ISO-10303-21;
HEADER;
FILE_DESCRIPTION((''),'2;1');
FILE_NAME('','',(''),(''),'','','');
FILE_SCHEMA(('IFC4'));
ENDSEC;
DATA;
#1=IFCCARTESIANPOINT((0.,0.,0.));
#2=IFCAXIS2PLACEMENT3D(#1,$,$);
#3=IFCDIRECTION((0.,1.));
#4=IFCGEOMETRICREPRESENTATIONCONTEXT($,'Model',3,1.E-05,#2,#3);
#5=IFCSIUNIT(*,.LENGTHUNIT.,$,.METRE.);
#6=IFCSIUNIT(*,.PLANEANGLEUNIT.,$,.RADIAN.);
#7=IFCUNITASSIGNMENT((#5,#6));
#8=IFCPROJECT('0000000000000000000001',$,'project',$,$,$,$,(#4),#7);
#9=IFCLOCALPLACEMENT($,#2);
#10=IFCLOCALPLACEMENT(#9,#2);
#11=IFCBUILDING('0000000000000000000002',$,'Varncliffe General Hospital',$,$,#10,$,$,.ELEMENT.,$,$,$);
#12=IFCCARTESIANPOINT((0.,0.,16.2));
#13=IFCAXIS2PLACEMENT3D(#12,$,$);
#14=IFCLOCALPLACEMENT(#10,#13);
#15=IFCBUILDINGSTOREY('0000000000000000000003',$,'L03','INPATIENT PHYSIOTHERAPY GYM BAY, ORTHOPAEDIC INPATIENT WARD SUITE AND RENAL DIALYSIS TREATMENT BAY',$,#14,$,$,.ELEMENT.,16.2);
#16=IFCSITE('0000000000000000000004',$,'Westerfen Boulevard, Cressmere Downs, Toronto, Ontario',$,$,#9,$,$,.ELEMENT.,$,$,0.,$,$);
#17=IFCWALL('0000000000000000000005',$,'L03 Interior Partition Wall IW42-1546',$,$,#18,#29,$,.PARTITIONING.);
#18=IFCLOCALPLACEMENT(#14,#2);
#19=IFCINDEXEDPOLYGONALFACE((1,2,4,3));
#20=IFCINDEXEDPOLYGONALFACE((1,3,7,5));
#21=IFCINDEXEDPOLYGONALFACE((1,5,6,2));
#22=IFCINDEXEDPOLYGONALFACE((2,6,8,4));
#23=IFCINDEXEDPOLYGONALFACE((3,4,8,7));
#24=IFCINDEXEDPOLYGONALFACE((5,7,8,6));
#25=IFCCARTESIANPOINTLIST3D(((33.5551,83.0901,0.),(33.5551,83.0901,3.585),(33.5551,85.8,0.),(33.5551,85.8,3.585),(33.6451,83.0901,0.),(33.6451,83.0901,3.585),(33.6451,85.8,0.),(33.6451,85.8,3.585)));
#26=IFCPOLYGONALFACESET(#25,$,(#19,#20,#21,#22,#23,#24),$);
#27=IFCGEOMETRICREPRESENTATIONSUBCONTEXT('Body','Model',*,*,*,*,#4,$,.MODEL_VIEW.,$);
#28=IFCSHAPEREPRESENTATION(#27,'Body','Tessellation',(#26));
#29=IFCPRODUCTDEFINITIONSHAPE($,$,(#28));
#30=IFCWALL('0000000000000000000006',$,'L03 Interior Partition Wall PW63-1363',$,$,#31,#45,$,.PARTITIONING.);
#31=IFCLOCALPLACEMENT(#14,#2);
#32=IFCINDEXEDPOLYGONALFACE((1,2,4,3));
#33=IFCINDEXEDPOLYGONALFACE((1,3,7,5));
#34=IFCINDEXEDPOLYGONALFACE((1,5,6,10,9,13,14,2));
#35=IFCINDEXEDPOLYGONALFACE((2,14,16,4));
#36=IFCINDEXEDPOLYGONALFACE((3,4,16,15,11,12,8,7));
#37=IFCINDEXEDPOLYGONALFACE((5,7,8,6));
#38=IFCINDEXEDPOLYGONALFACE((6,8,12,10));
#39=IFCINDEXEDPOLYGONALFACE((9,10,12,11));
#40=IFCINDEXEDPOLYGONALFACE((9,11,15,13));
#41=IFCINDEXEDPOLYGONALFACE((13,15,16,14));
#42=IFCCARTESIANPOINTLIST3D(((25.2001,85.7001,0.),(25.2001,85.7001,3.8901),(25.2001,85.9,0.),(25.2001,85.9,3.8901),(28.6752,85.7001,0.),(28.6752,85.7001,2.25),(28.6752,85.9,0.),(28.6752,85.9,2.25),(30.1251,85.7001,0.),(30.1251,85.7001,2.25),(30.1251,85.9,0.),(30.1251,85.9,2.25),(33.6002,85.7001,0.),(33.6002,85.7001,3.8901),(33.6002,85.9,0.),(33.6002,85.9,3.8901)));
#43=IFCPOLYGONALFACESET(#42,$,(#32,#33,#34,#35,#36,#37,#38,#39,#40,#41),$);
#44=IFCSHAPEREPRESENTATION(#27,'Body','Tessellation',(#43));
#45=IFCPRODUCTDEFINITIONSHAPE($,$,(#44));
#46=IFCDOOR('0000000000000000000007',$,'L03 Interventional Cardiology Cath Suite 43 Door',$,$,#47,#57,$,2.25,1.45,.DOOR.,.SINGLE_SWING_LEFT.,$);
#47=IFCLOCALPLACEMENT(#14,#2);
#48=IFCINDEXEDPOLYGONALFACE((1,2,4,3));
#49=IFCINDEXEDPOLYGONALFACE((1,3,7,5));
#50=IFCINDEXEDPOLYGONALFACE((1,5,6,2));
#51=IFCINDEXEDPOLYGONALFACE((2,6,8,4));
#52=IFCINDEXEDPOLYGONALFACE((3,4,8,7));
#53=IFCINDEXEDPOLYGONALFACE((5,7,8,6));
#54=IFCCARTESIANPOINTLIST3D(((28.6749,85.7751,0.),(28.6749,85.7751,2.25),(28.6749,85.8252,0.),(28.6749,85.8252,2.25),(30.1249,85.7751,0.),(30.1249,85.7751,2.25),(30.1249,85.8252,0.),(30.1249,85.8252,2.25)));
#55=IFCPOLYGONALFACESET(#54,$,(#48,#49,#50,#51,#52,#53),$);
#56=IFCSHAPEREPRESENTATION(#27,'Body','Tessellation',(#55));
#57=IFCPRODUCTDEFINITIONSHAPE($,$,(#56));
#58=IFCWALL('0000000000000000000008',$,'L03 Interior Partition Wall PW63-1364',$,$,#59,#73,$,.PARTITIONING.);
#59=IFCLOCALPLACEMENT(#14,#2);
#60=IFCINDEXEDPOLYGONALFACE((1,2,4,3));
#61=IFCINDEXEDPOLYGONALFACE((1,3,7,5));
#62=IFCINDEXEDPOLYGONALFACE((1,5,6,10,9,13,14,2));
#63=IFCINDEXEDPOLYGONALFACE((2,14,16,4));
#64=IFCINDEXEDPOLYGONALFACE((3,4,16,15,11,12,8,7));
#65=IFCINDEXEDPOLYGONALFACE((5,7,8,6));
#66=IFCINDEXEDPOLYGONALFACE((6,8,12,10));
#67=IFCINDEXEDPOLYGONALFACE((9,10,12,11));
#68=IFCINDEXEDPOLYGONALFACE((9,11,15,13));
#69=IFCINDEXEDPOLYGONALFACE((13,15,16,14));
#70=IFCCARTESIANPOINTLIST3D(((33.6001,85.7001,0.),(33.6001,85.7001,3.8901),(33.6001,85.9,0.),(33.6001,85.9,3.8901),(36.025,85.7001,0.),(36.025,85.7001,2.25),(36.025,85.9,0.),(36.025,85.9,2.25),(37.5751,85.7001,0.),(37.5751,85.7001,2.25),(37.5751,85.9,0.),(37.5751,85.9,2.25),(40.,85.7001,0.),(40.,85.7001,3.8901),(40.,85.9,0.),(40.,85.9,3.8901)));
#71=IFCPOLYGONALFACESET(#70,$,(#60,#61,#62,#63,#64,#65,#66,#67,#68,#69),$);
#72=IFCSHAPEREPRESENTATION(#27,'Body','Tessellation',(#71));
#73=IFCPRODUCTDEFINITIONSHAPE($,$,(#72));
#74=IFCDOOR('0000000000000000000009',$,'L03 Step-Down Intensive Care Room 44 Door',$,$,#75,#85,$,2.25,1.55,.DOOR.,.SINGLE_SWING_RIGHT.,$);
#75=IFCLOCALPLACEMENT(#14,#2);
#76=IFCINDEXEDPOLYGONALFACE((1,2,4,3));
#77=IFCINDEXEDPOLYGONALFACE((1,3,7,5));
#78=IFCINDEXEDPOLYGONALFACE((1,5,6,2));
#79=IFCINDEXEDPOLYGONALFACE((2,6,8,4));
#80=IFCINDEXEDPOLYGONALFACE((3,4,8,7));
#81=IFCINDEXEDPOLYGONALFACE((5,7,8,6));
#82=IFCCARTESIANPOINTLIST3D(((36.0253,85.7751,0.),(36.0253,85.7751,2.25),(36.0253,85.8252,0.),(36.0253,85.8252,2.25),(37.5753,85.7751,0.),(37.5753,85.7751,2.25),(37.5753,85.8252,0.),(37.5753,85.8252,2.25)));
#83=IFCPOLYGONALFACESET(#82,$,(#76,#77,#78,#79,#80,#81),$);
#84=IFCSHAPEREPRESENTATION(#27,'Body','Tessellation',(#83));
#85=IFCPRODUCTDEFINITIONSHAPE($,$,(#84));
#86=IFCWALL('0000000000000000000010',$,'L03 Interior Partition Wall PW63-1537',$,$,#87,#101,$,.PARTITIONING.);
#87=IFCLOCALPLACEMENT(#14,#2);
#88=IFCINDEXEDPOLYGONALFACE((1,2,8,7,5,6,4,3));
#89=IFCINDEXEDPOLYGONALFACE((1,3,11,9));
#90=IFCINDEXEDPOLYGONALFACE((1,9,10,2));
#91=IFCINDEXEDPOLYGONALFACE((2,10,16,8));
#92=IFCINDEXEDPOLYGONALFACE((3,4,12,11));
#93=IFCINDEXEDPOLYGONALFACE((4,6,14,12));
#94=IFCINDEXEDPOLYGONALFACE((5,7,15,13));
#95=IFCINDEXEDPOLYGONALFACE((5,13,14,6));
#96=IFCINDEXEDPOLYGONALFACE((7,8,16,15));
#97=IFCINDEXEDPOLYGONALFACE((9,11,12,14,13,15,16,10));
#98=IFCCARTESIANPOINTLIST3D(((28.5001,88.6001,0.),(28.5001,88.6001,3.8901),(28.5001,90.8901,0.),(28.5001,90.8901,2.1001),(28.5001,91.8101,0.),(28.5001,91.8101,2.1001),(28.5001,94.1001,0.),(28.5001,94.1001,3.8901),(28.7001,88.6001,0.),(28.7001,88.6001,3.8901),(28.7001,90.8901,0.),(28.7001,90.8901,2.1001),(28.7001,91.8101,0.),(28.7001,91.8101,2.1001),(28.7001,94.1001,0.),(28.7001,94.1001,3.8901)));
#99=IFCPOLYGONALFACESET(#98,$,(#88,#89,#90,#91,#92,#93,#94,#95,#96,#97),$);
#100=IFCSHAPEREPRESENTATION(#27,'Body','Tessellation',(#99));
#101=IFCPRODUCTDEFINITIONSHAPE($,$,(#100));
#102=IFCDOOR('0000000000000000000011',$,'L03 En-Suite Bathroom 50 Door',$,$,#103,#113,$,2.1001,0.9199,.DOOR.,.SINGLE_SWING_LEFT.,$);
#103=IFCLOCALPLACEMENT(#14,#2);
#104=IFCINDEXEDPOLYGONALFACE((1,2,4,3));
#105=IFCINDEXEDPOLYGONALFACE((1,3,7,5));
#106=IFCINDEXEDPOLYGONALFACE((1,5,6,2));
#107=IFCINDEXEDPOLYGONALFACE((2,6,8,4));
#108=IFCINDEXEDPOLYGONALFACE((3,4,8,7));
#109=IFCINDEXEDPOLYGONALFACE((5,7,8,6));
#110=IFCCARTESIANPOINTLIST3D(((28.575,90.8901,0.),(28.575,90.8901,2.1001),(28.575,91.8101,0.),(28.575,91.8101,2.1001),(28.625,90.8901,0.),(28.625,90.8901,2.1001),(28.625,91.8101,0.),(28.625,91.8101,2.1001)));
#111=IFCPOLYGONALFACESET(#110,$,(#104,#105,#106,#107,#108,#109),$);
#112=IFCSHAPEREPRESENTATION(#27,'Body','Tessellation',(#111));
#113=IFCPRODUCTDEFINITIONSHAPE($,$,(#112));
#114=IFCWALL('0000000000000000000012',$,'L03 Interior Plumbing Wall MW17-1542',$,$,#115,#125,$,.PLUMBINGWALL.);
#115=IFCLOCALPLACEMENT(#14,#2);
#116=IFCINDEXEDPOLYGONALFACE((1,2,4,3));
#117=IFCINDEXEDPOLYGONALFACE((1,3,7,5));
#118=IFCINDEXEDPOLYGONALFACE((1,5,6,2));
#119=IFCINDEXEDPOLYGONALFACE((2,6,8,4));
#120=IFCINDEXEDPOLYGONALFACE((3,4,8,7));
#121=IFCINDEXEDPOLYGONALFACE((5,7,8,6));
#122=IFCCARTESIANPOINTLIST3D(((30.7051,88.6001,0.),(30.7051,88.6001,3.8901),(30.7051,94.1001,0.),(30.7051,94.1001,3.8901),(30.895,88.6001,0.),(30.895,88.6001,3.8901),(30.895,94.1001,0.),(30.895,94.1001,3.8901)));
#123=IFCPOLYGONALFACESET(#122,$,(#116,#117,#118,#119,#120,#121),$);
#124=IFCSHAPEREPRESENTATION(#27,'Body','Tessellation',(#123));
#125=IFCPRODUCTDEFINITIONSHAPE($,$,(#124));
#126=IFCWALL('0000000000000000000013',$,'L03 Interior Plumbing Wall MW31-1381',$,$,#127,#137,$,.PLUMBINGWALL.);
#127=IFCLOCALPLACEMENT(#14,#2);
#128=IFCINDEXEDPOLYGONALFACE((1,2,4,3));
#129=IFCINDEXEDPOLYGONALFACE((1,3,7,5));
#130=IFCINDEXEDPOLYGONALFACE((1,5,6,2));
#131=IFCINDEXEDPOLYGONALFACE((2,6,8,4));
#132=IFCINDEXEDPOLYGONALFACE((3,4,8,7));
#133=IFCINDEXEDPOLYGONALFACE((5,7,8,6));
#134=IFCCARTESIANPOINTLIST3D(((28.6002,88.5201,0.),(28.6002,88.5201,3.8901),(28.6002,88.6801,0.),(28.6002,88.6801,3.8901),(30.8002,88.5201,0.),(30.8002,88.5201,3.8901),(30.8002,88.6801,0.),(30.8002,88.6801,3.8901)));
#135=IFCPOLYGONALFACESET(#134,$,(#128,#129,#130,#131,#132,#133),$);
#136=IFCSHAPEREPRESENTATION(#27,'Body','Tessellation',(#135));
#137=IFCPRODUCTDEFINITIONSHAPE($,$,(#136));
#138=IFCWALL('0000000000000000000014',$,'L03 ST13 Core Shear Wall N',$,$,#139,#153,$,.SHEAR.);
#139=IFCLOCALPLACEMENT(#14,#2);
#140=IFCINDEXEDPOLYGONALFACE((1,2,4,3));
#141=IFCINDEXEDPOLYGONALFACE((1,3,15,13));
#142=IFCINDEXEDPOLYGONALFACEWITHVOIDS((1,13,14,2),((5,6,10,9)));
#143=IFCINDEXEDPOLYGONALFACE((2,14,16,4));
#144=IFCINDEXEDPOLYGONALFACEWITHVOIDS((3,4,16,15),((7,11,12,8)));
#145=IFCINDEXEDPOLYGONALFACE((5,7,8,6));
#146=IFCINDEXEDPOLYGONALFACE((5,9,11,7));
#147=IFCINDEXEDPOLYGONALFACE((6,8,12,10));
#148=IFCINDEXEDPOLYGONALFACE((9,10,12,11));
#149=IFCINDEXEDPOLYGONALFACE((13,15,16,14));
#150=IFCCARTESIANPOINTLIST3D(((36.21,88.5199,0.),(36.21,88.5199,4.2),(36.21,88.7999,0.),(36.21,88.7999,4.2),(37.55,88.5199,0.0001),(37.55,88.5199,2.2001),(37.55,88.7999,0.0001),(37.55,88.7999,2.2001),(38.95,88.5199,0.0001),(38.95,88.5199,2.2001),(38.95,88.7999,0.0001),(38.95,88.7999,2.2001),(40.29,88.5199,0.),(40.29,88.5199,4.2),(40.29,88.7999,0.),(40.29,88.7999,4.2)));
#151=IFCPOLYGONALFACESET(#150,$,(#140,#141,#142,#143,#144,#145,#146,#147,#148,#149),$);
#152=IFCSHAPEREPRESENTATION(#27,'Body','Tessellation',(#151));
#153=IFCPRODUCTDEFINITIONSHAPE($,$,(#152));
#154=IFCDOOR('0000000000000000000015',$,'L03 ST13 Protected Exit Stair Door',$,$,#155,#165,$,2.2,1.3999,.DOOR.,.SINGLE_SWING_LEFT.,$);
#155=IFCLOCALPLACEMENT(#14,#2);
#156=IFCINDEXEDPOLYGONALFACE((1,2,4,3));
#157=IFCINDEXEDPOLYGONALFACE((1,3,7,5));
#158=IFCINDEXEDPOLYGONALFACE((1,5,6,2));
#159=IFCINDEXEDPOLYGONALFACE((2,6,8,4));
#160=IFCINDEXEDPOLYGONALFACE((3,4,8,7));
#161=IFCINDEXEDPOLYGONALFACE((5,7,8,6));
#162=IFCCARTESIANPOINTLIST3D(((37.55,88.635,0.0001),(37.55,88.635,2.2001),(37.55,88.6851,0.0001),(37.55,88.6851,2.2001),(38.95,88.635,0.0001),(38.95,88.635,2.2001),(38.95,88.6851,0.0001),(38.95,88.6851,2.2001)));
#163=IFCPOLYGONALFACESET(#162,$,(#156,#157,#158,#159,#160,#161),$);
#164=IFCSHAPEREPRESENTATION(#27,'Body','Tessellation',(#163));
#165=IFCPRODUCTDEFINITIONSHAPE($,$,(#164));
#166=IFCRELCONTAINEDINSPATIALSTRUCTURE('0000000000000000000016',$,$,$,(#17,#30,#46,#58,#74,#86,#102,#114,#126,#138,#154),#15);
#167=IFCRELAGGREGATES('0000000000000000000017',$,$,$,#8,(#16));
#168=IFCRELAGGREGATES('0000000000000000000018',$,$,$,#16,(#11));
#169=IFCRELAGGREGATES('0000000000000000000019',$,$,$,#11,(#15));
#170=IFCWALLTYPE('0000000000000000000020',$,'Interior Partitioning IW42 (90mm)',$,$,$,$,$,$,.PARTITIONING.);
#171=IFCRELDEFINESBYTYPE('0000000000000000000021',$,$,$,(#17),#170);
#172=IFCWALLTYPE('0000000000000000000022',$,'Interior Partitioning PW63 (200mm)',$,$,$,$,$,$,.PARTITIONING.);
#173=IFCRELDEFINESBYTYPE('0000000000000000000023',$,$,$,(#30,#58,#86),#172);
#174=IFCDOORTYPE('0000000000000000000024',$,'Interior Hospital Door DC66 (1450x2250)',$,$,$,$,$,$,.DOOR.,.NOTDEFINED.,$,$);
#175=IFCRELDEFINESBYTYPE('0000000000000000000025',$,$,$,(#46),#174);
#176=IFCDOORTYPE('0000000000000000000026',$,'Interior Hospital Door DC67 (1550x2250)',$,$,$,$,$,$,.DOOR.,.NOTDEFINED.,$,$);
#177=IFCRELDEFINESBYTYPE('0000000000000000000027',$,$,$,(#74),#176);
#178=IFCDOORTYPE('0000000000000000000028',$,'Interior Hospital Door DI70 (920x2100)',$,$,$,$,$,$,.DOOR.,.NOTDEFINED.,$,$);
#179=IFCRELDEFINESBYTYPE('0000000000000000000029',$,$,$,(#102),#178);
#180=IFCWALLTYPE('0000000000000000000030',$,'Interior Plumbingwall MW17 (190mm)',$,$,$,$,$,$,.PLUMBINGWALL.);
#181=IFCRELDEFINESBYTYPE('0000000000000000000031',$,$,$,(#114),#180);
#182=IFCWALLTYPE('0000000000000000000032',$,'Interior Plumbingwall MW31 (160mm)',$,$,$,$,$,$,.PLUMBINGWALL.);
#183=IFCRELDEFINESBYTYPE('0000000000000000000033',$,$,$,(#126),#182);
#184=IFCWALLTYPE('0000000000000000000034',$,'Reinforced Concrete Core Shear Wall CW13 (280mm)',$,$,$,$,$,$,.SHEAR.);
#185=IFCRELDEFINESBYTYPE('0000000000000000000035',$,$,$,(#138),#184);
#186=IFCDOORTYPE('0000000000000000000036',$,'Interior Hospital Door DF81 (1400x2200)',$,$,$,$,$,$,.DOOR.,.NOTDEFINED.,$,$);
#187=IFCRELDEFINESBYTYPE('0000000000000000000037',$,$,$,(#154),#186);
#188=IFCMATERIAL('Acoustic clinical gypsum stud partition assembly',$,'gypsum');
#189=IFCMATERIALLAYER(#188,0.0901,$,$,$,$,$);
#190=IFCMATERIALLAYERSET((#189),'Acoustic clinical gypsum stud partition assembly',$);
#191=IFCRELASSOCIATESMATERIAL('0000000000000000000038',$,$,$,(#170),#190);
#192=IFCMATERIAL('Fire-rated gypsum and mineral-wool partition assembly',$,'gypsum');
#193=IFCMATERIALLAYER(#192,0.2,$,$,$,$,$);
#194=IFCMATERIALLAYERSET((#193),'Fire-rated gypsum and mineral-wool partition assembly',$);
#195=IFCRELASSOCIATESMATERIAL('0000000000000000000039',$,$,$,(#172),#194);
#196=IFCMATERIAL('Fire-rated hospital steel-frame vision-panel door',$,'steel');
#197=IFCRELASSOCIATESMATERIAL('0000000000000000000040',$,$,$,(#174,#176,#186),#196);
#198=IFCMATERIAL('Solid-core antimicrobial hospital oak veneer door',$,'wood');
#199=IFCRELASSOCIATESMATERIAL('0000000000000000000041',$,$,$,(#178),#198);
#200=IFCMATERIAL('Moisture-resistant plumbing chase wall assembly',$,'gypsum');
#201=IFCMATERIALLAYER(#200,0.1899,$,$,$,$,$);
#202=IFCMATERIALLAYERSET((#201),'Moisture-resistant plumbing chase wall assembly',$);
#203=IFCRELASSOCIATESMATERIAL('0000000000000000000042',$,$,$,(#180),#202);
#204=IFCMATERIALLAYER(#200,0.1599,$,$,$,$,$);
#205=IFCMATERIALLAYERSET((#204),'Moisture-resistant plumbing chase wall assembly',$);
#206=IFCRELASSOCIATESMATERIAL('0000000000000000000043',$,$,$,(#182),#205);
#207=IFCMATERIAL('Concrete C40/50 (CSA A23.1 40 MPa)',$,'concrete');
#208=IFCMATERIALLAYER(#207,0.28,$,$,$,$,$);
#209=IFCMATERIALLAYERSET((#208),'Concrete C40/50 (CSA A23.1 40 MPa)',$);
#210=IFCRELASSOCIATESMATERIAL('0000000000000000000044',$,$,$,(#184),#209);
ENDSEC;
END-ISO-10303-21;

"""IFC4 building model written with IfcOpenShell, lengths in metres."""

from ifc_helpers import new_model, si_unit, direction, frame, frame_2d, origin, place, context, subcontext, project, spatial, rectangle, extrude, material, layer, layer_set, type_object, element, fill, save


model = new_model("IFC4")

# Units and contexts
model_context = context("Model", 3, precision=1e-05, world=origin(), true_north=direction((0.0, 1.0)))
body_context = subcontext(model_context, "Body", "Model", "MODEL_VIEW")
ifc_project = project(units=[si_unit("LENGTHUNIT", "METRE"), si_unit("PLANEANGLEUNIT", "RADIAN")], contexts=[model_context])

# Site, building, storey
site_placement = place(None, origin())
site = spatial("IfcSite", under=ifc_project, at=site_placement, Name="Westerfen Boulevard, Cressmere Downs, Toronto, Ontario", CompositionType="ELEMENT", RefElevation=0.0)
building_placement = place(site_placement, origin())
building = spatial("IfcBuilding", under=site, at=building_placement, Name="Varncliffe General Hospital", CompositionType="ELEMENT")
storey_placement = place(building_placement, frame((0.0, 0.0, 16.2)))
storey = spatial("IfcBuildingStorey", under=building, at=storey_placement, Name="L03", Description="INPATIENT PHYSIOTHERAPY GYM BAY, ORTHOPAEDIC INPATIENT WARD SUITE AND RENAL DIALYSIS TREATMENT BAY", CompositionType="ELEMENT", Elevation=16.2)

# Shared definitions
ifc_material_1 = material(Name="Concrete C40/50 (CSA A23.1 40 MPa)", Category="concrete")

# Wall
ifc_material_2 = material(Name="Acoustic clinical gypsum stud partition assembly", Category="gypsum")
ifc_layer_1 = layer(ifc_material_2, 0.0901)
ifc_layer_set_1 = layer_set([ifc_layer_1], Name="Acoustic clinical gypsum stud partition assembly")
wall_type_1 = type_object("IfcWallType", Name="Interior Partitioning IW42 (90mm)", PredefinedType="PARTITIONING", material=ifc_layer_set_1)
for number, where, z_axis, x_axis, name in (
    (1, (33.6001, 83.0901, 0.0), (0.0, 0.0, 1.0), (0.0, 1.0, 0.0), "L03 Interior Partition Wall IW42-1546"),
):
    element("IfcWall", number, at=place(storey_placement, frame(where, z_axis=z_axis, x_axis=x_axis)), inside=storey, type_object=wall_type_1, Name=name, PredefinedType="PARTITIONING", context=body_context, shape_type="SweptSolid", body=[
        extrude(rectangle(XDim=2.71, YDim=0.0901, at=frame_2d((1.355, 0.0))), origin(), (0.0, 0.0, 1.0), 3.585),
    ])

# Walls, openings, doors
ifc_material_3 = material(Name="Fire-rated gypsum and mineral-wool partition assembly", Category="gypsum")
ifc_layer_2 = layer(ifc_material_3, 0.2)
ifc_layer_set_2 = layer_set([ifc_layer_2], Name="Fire-rated gypsum and mineral-wool partition assembly")
wall_type_2 = type_object("IfcWallType", Name="Interior Partitioning PW63 (200mm)", PredefinedType="PARTITIONING", material=ifc_layer_set_2)
wall_1_placement = place(storey_placement, frame((25.2, 85.8, 0.0), z_axis=(0.0, 0.0, 1.0), x_axis=(1.0, 0.0, 0.0)))
wall_1 = element("IfcWall", 2, at=wall_1_placement, inside=storey, type_object=wall_type_2, Name="L03 Interior Partition Wall PW63-1363", PredefinedType="PARTITIONING", context=body_context, shape_type="SweptSolid", body=[
    extrude(rectangle(XDim=8.4001, YDim=0.2, at=frame_2d((4.2002, 0.0))), origin(), (0.0, 0.0, 1.0), 3.8901),
])
opening_1_placement = place(wall_1_placement, frame((3.4751, 0.0, 0.0)))
opening_1 = element("IfcOpeningElement", 3, at=opening_1_placement, cuts=wall_1, PredefinedType="OPENING", context=body_context, shape_type="SweptSolid", body=[
    extrude(rectangle(XDim=1.45, YDim=2.25, at=frame_2d((0.7251, 1.125))), frame((0.0, 0.1099, 0.0), z_axis=(0.0, -1.0, 0.0), x_axis=(1.0, 0.0, 0.0)), (0.0, 0.0, 1.0), 0.22),
])
ifc_material_4 = material(Name="Fire-rated hospital steel-frame vision-panel door", Category="steel")
door_type_1 = type_object("IfcDoorType", Name="Interior Hospital Door DC66 (1450x2250)", OperationType="NOTDEFINED", PredefinedType="DOOR", material=ifc_material_4)
door_1_placement = place(opening_1_placement, frame((1.45, 0.0, 0.0), z_axis=(0.0, 0.0, 1.0), x_axis=(-1.0, 0.0, 0.0)))
door_1 = element("IfcDoor", 4, at=door_1_placement, inside=storey, type_object=door_type_1, Name="L03 Interventional Cardiology Cath Suite 43 Door", OperationType="SINGLE_SWING_LEFT", OverallHeight=2.25, OverallWidth=1.45, PredefinedType="DOOR", context=body_context, shape_type="SweptSolid", body=[
    extrude(rectangle(XDim=1.45, YDim=2.25, at=frame_2d((0.7251, 1.125))), frame((0.0, 0.0249, 0.0), z_axis=(0.0, -1.0, 0.0), x_axis=(1.0, 0.0, 0.0)), (0.0, 0.0, 1.0), 0.05),
])
fill(opening_1, door_1)
wall_2_placement = place(storey_placement, frame((33.6001, 85.8, 0.0), z_axis=(0.0, 0.0, 1.0), x_axis=(1.0, 0.0, 0.0)))
wall_2 = element("IfcWall", 5, at=wall_2_placement, inside=storey, type_object=wall_type_2, Name="L03 Interior Partition Wall PW63-1364", PredefinedType="PARTITIONING", context=body_context, shape_type="SweptSolid", body=[
    extrude(rectangle(XDim=6.3999, YDim=0.2, at=frame_2d((3.2, 0.0))), origin(), (0.0, 0.0, 1.0), 3.8901),
])
opening_2_placement = place(wall_2_placement, frame((2.425, 0.0, 0.0)))
opening_2 = element("IfcOpeningElement", 6, at=opening_2_placement, cuts=wall_2, PredefinedType="OPENING", context=body_context, shape_type="SweptSolid", body=[
    extrude(rectangle(XDim=1.55, YDim=2.25, at=frame_2d((0.7749, 1.125))), frame((0.0, 0.1099, 0.0), z_axis=(0.0, -1.0, 0.0), x_axis=(1.0, 0.0, 0.0)), (0.0, 0.0, 1.0), 0.22),
])
door_type_2 = type_object("IfcDoorType", Name="Interior Hospital Door DC67 (1550x2250)", OperationType="NOTDEFINED", PredefinedType="DOOR", material=ifc_material_4)
door_2_placement = place(opening_2_placement, frame((1.55, 0.0, 0.0), z_axis=(0.0, 0.0, 1.0), x_axis=(-1.0, 0.0, 0.0)))
door_2 = element("IfcDoor", 7, at=door_2_placement, inside=storey, type_object=door_type_2, Name="L03 Step-Down Intensive Care Room 44 Door", OperationType="SINGLE_SWING_RIGHT", OverallHeight=2.25, OverallWidth=1.55, PredefinedType="DOOR", context=body_context, shape_type="SweptSolid", body=[
    extrude(rectangle(XDim=1.55, YDim=2.25, at=frame_2d((0.7749, 1.125))), frame((0.0, 0.0249, 0.0), z_axis=(0.0, -1.0, 0.0), x_axis=(1.0, 0.0, 0.0)), (0.0, 0.0, 1.0), 0.05),
])
fill(opening_2, door_2)
wall_3_placement = place(storey_placement, frame((28.6001, 88.6001, 0.0), z_axis=(0.0, 0.0, 1.0), x_axis=(0.0, 1.0, 0.0)))
wall_3 = element("IfcWall", 8, at=wall_3_placement, inside=storey, type_object=wall_type_2, Name="L03 Interior Partition Wall PW63-1537", PredefinedType="PARTITIONING", context=body_context, shape_type="SweptSolid", body=[
    extrude(rectangle(XDim=5.5, YDim=0.2, at=frame_2d((2.75, 0.0))), origin(), (0.0, 0.0, 1.0), 3.8901),
])
opening_3_placement = place(wall_3_placement, frame((2.29, 0.0, 0.0)))
opening_3 = element("IfcOpeningElement", 9, at=opening_3_placement, cuts=wall_3, PredefinedType="OPENING", context=body_context, shape_type="SweptSolid", body=[
    extrude(rectangle(XDim=0.9199, YDim=2.1001, at=frame_2d((0.46, 1.05))), frame((0.0, 0.1099, 0.0), z_axis=(0.0, -1.0, 0.0), x_axis=(1.0, 0.0, 0.0)), (0.0, 0.0, 1.0), 0.22),
])
ifc_material_5 = material(Name="Solid-core antimicrobial hospital oak veneer door", Category="wood")
door_type_3 = type_object("IfcDoorType", Name="Interior Hospital Door DI70 (920x2100)", OperationType="NOTDEFINED", PredefinedType="DOOR", material=ifc_material_5)
door_3_placement = place(opening_3_placement, frame((0.9199, 0.0, 0.0), z_axis=(0.0, 0.0, 1.0), x_axis=(-1.0, 0.0, 0.0)))
door_3 = element("IfcDoor", 10, at=door_3_placement, inside=storey, type_object=door_type_3, Name="L03 En-Suite Bathroom 50 Door", OperationType="SINGLE_SWING_LEFT", OverallHeight=2.1001, OverallWidth=0.9199, PredefinedType="DOOR", context=body_context, shape_type="SweptSolid", body=[
    extrude(rectangle(XDim=0.9199, YDim=2.1001, at=frame_2d((0.46, 1.05))), frame((0.0, 0.0249, 0.0), z_axis=(0.0, -1.0, 0.0), x_axis=(1.0, 0.0, 0.0)), (0.0, 0.0, 1.0), 0.05),
])
fill(opening_3, door_3)

# Walls
ifc_material_6 = material(Name="Moisture-resistant plumbing chase wall assembly", Category="gypsum")
ifc_layer_3 = layer(ifc_material_6, 0.1899)
ifc_layer_set_3 = layer_set([ifc_layer_3], Name="Moisture-resistant plumbing chase wall assembly")
wall_type_3 = type_object("IfcWallType", Name="Interior Plumbingwall MW17 (190mm)", PredefinedType="PLUMBINGWALL", material=ifc_layer_set_3)
wall_4_placement = place(storey_placement, frame((30.8, 88.6001, 0.0), z_axis=(0.0, 0.0, 1.0), x_axis=(0.0, 1.0, 0.0)))
element("IfcWall", 11, at=wall_4_placement, inside=storey, type_object=wall_type_3, Name="L03 Interior Plumbing Wall MW17-1542", PredefinedType="PLUMBINGWALL", context=body_context, shape_type="SweptSolid", body=[
    extrude(rectangle(XDim=5.5, YDim=0.1899, at=frame_2d((2.75, 0.0))), origin(), (0.0, 0.0, 1.0), 3.8901),
])
ifc_layer_4 = layer(ifc_material_6, 0.1599)
ifc_layer_set_4 = layer_set([ifc_layer_4], Name="Moisture-resistant plumbing chase wall assembly")
wall_type_4 = type_object("IfcWallType", Name="Interior Plumbingwall MW31 (160mm)", PredefinedType="PLUMBINGWALL", material=ifc_layer_set_4)
wall_5_placement = place(storey_placement, frame((28.6001, 88.6001, 0.0), z_axis=(0.0, 0.0, 1.0), x_axis=(1.0, 0.0, 0.0)))
element("IfcWall", 12, at=wall_5_placement, inside=storey, type_object=wall_type_4, Name="L03 Interior Plumbing Wall MW31-1381", PredefinedType="PLUMBINGWALL", context=body_context, shape_type="SweptSolid", body=[
    extrude(rectangle(XDim=2.2, YDim=0.1599, at=frame_2d((1.1001, 0.0))), origin(), (0.0, 0.0, 1.0), 3.8901),
])

# Wall, opening, door
ifc_layer_5 = layer(ifc_material_1, 0.28)
ifc_layer_set_5 = layer_set([ifc_layer_5], Name="Concrete C40/50 (CSA A23.1 40 MPa)")
wall_type_5 = type_object("IfcWallType", Name="Reinforced Concrete Core Shear Wall CW13 (280mm)", PredefinedType="SHEAR", material=ifc_layer_set_5)
wall_6_placement = place(storey_placement, frame((36.21, 88.6599, 0.0), z_axis=(0.0, 0.0, 1.0), x_axis=(1.0, 0.0, 0.0)))
wall_6 = element("IfcWall", 13, at=wall_6_placement, inside=storey, type_object=wall_type_5, Name="L03 ST13 Core Shear Wall N", PredefinedType="SHEAR", context=body_context, shape_type="SweptSolid", body=[
    extrude(rectangle(XDim=4.0801, YDim=0.28, at=frame_2d((2.04, 0.0))), origin(), (0.0, 0.0, 1.0), 4.2),
])
opening_4_placement = place(wall_6_placement, frame((1.3401, 0.0, 0.0)))
opening_4 = element("IfcOpeningElement", 14, at=opening_4_placement, cuts=wall_6, PredefinedType="OPENING", context=body_context, shape_type="SweptSolid", body=[
    extrude(rectangle(XDim=1.3999, YDim=2.2, at=frame_2d((0.7, 1.1001))), frame((0.0, 0.1499, 0.0), z_axis=(0.0, -1.0, 0.0), x_axis=(1.0, 0.0, 0.0)), (0.0, 0.0, 1.0), 0.3),
])
door_type_4 = type_object("IfcDoorType", Name="Interior Hospital Door DF81 (1400x2200)", OperationType="NOTDEFINED", PredefinedType="DOOR", material=ifc_material_4)
door_4_placement = place(opening_4_placement, frame((1.3999, 0.0, 0.0), z_axis=(0.0, 0.0, 1.0), x_axis=(-1.0, 0.0, 0.0)))
door_4 = element("IfcDoor", 15, at=door_4_placement, inside=storey, type_object=door_type_4, Name="L03 ST13 Protected Exit Stair Door", OperationType="SINGLE_SWING_LEFT", OverallHeight=2.2, OverallWidth=1.3999, PredefinedType="DOOR", context=body_context, shape_type="SweptSolid", body=[
    extrude(rectangle(XDim=1.3999, YDim=2.2, at=frame_2d((0.7, 1.1001))), frame((0.0, 0.0249, 0.0), z_axis=(0.0, -1.0, 0.0), x_axis=(1.0, 0.0, 0.0)), (0.0, 0.0, 1.0), 0.05),
])
fill(opening_4, door_4)

save(model, "model.ifc")
